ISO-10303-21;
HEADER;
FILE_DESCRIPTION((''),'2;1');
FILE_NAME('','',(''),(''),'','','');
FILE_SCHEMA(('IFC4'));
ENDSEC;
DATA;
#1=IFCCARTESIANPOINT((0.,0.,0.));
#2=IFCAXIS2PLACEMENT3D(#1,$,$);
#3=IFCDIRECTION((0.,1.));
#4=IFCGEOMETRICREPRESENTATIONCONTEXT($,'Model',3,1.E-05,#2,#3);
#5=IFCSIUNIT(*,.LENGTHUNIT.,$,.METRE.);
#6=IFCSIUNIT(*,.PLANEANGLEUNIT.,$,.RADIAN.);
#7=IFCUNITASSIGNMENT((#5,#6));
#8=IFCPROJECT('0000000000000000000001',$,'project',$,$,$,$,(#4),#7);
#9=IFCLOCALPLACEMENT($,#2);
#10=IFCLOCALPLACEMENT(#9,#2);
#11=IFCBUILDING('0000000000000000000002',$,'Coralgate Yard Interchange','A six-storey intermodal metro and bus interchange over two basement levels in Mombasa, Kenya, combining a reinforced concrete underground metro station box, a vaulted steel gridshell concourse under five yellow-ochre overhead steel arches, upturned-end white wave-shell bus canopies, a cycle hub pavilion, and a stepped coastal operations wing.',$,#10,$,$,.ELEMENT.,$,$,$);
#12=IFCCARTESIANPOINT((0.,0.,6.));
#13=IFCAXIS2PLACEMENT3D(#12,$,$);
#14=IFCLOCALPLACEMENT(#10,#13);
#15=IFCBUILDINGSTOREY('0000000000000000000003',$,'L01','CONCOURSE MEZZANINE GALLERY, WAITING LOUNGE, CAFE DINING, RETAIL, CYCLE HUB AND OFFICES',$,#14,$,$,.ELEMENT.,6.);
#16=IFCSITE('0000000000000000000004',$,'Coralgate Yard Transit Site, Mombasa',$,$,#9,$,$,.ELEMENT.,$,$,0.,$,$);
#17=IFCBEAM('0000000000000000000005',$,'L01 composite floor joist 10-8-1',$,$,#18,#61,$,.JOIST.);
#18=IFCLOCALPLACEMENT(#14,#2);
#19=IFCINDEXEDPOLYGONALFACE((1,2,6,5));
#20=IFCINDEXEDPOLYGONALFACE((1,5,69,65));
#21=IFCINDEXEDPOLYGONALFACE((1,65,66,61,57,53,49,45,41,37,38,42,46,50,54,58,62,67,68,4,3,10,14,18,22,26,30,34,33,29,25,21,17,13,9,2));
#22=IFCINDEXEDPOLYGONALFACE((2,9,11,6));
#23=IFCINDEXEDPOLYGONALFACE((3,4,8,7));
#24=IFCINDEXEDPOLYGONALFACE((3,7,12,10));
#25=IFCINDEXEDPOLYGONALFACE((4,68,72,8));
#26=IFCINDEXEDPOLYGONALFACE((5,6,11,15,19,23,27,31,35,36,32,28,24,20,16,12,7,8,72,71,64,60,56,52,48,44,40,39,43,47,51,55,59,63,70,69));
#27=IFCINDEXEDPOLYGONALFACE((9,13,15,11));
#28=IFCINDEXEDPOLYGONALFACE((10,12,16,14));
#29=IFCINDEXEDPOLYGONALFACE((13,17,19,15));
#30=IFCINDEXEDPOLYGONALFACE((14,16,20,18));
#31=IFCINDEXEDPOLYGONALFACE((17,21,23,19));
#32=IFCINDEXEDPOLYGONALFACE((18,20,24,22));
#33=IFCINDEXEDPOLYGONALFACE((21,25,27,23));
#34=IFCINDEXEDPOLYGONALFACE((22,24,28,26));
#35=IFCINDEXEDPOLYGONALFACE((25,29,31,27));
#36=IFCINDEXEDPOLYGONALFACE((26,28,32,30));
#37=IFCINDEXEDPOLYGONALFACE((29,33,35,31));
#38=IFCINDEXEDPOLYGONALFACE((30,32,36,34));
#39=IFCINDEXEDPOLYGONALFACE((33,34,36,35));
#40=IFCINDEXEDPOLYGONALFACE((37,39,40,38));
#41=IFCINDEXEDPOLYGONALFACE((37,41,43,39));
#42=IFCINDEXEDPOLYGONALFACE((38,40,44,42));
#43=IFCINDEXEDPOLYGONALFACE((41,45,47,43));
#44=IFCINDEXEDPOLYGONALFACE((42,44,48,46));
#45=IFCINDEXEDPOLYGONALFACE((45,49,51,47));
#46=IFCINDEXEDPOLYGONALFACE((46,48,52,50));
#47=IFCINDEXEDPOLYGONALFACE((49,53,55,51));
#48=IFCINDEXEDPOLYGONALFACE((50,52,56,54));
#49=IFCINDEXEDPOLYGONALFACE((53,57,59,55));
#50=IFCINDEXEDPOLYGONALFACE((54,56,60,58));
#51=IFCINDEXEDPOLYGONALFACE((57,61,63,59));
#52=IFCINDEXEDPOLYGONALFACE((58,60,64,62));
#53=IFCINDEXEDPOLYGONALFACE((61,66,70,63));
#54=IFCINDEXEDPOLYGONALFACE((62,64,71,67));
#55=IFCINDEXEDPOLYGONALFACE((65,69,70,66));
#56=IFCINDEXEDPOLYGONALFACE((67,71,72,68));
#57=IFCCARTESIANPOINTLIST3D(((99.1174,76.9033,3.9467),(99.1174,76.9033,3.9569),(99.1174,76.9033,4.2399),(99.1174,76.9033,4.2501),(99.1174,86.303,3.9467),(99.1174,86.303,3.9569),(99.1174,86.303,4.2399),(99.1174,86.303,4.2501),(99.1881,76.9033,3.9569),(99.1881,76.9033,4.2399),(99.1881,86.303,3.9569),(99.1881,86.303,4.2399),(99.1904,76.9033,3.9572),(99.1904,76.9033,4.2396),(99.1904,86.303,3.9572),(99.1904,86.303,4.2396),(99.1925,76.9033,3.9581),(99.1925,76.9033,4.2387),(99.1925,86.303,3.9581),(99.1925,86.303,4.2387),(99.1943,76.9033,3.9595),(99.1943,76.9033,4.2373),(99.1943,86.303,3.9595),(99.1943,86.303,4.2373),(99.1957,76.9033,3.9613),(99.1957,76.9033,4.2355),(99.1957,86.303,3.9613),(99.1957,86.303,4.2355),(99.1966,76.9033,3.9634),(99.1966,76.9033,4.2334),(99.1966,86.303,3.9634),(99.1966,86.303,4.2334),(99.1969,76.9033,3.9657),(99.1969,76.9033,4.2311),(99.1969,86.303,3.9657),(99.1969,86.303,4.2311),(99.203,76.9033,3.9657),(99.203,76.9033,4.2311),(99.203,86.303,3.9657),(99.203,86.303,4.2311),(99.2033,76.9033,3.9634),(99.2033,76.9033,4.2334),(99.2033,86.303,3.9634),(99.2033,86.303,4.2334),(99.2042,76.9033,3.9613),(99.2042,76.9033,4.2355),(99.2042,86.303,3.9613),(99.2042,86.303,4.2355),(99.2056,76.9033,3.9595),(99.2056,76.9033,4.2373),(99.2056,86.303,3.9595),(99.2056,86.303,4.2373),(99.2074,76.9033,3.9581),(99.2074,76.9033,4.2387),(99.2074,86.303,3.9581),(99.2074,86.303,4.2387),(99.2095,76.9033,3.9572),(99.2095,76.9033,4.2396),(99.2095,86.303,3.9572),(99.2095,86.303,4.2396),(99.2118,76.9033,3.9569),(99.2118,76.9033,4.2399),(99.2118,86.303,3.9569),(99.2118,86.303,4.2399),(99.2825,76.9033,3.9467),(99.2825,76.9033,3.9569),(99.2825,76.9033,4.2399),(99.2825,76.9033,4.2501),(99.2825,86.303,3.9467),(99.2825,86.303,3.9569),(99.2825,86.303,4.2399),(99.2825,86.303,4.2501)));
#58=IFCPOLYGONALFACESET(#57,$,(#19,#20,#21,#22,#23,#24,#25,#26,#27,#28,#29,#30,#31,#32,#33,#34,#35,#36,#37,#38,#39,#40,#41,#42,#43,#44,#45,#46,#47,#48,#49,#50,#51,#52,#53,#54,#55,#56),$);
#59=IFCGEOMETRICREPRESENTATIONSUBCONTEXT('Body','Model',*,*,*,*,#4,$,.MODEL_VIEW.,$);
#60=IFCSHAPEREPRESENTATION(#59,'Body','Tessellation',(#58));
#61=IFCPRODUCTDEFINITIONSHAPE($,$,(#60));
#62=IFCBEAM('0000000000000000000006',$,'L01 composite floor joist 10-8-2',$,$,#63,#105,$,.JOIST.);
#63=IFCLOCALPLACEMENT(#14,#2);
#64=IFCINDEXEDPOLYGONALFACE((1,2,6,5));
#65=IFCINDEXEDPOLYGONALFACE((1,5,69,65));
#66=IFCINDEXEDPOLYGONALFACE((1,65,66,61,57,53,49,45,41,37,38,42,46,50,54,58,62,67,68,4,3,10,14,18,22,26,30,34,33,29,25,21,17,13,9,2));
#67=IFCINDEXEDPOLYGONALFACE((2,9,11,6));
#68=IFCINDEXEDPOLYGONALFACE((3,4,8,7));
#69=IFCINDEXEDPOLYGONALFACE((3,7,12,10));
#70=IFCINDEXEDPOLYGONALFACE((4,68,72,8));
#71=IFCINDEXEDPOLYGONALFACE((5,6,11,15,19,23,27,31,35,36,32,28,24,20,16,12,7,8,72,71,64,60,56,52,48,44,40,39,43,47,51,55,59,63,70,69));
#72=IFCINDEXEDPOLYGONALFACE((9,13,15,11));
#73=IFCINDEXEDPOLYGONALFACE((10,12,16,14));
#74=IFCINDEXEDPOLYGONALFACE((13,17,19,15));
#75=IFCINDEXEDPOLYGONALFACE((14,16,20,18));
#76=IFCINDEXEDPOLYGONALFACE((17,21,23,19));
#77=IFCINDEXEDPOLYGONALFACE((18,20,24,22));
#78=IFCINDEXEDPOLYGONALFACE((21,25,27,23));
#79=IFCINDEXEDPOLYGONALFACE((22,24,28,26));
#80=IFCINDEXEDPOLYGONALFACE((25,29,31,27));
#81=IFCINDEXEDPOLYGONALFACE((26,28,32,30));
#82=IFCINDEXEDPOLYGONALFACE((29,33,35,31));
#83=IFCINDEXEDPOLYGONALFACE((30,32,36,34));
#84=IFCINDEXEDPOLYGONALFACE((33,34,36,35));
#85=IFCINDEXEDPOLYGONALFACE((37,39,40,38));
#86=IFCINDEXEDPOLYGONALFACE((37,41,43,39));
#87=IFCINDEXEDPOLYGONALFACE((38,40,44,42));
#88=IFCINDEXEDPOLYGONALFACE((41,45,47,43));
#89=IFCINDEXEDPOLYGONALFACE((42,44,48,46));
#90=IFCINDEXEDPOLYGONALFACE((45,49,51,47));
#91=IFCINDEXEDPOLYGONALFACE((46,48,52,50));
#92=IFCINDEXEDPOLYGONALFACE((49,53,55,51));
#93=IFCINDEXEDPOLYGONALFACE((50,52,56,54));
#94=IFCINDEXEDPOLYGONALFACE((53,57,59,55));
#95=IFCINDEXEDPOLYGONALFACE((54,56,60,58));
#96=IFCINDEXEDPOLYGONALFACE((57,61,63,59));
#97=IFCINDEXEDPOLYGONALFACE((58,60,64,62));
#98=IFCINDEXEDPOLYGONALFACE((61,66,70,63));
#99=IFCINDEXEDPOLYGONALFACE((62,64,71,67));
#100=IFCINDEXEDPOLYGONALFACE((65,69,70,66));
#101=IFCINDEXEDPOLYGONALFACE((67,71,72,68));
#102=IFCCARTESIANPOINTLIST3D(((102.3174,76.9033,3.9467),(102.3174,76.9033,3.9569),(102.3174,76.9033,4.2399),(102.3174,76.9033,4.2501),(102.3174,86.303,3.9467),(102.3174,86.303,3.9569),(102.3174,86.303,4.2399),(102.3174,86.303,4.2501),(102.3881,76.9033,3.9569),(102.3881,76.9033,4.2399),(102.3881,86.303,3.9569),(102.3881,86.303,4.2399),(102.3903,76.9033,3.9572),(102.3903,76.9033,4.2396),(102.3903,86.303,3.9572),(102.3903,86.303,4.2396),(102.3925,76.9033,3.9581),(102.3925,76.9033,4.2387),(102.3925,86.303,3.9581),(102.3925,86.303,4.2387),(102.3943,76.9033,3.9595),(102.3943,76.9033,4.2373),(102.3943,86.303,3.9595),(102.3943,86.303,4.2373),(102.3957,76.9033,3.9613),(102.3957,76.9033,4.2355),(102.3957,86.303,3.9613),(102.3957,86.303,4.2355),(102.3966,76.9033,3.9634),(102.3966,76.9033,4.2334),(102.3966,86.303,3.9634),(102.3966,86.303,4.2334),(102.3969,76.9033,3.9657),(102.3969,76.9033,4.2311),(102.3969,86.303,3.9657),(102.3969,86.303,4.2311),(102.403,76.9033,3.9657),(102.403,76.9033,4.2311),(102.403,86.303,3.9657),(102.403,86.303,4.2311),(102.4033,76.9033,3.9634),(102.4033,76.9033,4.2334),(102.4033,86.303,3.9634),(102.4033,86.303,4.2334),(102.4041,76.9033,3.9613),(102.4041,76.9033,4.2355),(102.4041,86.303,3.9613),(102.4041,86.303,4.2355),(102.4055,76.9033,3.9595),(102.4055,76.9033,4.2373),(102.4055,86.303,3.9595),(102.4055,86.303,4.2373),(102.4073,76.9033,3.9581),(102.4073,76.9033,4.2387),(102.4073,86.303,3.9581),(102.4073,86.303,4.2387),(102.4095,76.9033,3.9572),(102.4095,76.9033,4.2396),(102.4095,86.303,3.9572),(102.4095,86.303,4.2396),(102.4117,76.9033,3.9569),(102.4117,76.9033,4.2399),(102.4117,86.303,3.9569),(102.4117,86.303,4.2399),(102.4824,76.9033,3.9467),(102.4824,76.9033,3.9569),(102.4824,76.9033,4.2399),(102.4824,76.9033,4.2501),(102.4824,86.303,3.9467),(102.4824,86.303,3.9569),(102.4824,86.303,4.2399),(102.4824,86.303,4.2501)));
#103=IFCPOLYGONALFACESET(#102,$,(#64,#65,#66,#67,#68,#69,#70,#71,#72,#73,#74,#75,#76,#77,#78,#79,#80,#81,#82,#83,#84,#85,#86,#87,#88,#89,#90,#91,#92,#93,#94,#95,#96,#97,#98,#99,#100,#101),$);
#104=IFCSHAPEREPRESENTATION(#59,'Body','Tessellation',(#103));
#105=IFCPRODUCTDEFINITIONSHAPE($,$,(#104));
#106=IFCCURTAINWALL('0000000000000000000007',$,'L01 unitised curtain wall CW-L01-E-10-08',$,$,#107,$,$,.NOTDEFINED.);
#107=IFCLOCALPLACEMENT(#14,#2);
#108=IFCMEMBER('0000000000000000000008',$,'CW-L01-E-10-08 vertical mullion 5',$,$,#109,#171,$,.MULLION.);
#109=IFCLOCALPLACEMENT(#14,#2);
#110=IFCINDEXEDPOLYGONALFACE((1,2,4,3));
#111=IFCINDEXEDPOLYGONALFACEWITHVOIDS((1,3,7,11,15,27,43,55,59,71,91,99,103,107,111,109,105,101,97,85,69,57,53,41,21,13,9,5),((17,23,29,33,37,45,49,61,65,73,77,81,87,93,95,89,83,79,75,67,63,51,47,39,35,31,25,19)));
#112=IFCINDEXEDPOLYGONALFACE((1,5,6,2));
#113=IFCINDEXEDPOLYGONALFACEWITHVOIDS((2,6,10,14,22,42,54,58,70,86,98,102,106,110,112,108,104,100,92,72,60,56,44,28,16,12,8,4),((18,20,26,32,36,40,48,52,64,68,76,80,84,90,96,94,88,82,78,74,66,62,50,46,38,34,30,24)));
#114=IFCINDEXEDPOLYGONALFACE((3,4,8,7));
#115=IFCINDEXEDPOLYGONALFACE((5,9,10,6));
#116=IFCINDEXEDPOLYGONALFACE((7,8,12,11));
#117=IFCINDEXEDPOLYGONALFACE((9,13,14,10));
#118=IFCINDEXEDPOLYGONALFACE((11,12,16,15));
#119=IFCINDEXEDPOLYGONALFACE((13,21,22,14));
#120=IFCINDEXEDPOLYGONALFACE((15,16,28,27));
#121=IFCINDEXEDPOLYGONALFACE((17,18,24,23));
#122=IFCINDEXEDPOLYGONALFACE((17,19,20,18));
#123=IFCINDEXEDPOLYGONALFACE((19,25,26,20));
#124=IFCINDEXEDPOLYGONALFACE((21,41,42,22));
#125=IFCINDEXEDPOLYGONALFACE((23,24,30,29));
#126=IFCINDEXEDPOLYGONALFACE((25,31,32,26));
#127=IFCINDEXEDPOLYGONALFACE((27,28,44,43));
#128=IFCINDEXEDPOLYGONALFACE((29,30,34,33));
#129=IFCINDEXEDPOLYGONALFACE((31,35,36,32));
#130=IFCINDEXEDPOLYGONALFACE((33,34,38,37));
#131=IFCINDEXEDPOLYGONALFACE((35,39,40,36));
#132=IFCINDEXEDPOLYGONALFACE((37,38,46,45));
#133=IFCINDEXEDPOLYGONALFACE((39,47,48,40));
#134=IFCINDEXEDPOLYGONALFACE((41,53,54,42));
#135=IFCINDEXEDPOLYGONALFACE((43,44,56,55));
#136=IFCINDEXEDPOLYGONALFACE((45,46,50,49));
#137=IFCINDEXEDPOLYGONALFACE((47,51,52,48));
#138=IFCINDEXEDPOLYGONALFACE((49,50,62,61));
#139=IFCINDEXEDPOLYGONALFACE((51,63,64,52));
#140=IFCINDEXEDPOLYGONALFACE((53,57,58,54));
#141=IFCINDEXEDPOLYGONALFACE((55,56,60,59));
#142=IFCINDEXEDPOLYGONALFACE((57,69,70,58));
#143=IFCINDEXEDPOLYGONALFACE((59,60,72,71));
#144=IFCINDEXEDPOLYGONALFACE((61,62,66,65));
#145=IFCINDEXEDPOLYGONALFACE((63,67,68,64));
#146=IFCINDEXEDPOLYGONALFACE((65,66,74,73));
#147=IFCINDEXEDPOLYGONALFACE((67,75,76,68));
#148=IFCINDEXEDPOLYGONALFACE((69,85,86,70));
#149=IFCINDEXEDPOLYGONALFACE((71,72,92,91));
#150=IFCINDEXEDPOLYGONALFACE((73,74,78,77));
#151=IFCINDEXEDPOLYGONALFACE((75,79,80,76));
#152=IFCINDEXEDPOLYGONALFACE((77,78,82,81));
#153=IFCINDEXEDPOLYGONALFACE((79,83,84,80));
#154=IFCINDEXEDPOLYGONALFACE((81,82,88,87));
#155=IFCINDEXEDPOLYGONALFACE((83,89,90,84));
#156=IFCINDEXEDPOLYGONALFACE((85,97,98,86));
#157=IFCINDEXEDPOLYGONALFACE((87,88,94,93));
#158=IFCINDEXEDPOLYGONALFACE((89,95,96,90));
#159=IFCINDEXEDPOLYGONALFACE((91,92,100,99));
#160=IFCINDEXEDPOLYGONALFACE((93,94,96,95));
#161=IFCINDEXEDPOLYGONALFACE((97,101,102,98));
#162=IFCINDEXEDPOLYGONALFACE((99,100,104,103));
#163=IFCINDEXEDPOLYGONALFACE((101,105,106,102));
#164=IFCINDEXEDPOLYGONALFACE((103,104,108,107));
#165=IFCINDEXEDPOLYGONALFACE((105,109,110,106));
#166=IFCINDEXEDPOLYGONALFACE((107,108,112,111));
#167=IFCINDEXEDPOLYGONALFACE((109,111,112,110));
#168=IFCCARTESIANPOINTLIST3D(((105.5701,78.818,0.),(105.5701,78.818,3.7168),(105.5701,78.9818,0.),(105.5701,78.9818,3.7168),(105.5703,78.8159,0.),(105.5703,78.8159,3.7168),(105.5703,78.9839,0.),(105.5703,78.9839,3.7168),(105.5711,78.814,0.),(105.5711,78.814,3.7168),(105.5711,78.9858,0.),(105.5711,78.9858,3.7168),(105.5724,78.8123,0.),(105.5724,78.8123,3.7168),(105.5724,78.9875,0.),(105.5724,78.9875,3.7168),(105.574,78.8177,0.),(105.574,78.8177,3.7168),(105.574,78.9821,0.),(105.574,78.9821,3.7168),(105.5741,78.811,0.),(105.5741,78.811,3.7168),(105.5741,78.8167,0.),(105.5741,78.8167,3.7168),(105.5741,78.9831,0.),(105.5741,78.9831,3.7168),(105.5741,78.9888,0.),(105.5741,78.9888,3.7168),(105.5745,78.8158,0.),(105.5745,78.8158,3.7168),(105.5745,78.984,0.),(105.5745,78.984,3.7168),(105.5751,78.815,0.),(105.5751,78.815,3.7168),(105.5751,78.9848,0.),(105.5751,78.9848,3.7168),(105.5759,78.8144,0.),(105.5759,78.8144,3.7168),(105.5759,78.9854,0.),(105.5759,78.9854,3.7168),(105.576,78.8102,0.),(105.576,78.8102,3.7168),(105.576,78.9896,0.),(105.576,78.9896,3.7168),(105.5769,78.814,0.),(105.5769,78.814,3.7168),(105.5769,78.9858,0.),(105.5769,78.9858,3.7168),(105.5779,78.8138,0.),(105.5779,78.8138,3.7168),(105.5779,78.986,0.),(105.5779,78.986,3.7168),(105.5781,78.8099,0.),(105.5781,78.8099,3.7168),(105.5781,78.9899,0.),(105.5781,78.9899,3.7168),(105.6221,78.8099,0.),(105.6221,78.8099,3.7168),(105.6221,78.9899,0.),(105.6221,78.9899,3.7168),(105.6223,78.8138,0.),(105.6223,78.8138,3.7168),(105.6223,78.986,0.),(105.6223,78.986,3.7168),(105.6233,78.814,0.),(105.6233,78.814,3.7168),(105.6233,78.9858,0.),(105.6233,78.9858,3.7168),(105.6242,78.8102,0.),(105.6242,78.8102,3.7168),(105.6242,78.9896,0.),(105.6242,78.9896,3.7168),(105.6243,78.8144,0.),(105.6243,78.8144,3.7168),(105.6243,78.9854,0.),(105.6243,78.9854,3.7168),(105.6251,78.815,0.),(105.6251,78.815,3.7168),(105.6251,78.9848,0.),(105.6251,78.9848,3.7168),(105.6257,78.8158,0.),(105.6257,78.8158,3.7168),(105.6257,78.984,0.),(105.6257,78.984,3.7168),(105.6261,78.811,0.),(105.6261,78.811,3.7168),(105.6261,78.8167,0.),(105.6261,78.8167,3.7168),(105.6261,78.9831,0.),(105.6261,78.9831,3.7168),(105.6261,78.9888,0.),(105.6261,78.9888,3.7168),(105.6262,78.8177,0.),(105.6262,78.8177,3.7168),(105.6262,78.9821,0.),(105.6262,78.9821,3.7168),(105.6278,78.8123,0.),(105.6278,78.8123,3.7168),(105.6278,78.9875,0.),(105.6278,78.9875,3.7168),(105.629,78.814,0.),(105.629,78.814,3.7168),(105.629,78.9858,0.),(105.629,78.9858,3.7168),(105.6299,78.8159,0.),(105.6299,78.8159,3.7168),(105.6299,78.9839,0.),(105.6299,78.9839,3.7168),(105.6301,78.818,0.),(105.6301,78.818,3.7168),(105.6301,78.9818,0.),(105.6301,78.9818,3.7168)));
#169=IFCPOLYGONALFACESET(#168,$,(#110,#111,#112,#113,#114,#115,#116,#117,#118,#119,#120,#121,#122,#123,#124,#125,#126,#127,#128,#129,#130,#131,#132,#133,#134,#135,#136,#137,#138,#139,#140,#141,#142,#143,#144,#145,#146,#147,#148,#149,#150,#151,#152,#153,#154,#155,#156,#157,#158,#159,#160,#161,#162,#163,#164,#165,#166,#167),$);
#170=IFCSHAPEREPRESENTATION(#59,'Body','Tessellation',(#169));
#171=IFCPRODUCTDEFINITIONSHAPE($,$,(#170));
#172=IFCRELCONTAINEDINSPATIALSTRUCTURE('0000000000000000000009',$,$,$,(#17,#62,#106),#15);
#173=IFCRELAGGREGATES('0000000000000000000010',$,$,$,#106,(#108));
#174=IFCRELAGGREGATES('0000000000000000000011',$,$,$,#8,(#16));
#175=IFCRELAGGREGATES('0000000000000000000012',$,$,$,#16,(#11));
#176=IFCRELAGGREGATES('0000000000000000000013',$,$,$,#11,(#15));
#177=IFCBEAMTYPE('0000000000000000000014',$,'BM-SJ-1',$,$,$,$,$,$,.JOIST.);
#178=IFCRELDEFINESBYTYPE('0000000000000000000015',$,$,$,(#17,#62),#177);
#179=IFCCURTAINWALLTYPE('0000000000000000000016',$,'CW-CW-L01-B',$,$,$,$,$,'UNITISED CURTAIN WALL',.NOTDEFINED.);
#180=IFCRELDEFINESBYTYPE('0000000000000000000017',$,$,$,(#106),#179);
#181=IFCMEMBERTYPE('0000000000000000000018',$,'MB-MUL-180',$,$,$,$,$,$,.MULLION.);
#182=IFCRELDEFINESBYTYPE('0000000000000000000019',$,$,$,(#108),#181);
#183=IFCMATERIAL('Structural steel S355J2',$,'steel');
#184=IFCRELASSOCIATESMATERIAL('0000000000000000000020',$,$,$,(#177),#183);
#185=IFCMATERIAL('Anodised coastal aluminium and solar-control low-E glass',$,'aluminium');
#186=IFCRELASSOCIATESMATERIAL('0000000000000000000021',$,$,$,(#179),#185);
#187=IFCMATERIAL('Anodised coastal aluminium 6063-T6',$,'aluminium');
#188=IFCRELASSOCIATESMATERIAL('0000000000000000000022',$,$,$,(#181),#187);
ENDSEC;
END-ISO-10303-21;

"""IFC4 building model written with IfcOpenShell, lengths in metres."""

from ifc_helpers import new_model, si_unit, direction, frame, origin, origin_2d, place, context, subcontext, project, spatial, hollow_rectangle, i_section, extrude, material, material_profile, profile_set, type_object, element, aggregate, save


model = new_model("IFC4")

# Units and contexts
model_context = context("Model", 3, precision=1e-05, world=origin(), true_north=direction((0.0, 1.0)))
body_context = subcontext(model_context, "Body", "Model", "MODEL_VIEW")
ifc_project = project(units=[si_unit("LENGTHUNIT", "METRE"), si_unit("PLANEANGLEUNIT", "RADIAN")], contexts=[model_context])

# Site, building, storey
site_placement = place(None, origin())
site = spatial("IfcSite", under=ifc_project, at=site_placement, Name="Coralgate Yard Transit Site, Mombasa", CompositionType="ELEMENT", RefElevation=0.0)
building_placement = place(site_placement, origin())
building = spatial("IfcBuilding", under=site, at=building_placement, Name="Coralgate Yard Interchange", Description="A six-storey intermodal metro and bus interchange over two basement levels in Mombasa, Kenya, combining a reinforced concrete underground metro station box, a vaulted steel gridshell concourse under five yellow-ochre overhead steel arches, upturned-end white wave-shell bus canopies, a cycle hub pavilion, and a stepped coastal operations wing.", CompositionType="ELEMENT")
storey_placement = place(building_placement, frame((0.0, 0.0, 6.0)))
storey = spatial("IfcBuildingStorey", under=building, at=storey_placement, Name="L01", Description="CONCOURSE MEZZANINE GALLERY, WAITING LOUNGE, CAFE DINING, RETAIL, CYCLE HUB AND OFFICES", CompositionType="ELEMENT", Elevation=6.0)

# Shared definitions
ifc_material_1 = material(Name="Structural steel S355J2", Category="steel")

# Beams
ifc_material_profile_1 = material_profile(ifc_material_1, i_section(OverallWidth=0.165, OverallDepth=0.3035, WebThickness=0.0061, FlangeThickness=0.0103, FilletRadius=0.0088, at=origin_2d()), Name="UB 305x165x40")
ifc_profile_set_1 = profile_set([ifc_material_profile_1], Name="Structural steel S355J2")
beam_type_1 = type_object("IfcBeamType", Name="BM-SJ-1", PredefinedType="JOIST", material=ifc_profile_set_1)
for number, where, z_axis, x_axis, name in (
    (1, (99.2, 76.9033, 4.0984), (0.0, 1.0, 0.0), (-1.0, 0.0, 0.0), "L01 composite floor joist 10-8-1"),
    (2, (102.3999, 76.9033, 4.0984), (0.0, 1.0, 0.0), (-1.0, 0.0, 0.0), "L01 composite floor joist 10-8-2"),
):
    element("IfcBeam", number, at=place(storey_placement, frame(where, z_axis=z_axis, x_axis=x_axis)), inside=storey, type_object=beam_type_1, Name=name, PredefinedType="JOIST", context=body_context, shape_type="SweptSolid", body=[
        extrude(i_section(OverallWidth=0.165, OverallDepth=0.3035, WebThickness=0.0061, FlangeThickness=0.0103, FilletRadius=0.0088, at=origin_2d()), origin(), (0.0, 0.0, 1.0), 9.3997),
    ])

# Curtain wall, member
ifc_material_2 = material(Name="Anodised coastal aluminium and solar-control low-E glass", Category="aluminium")
curtain_wall_type = type_object("IfcCurtainWallType", Name="CW-CW-L01-B", ElementType="UNITISED CURTAIN WALL", PredefinedType="NOTDEFINED", material=ifc_material_2)
curtain_wall_1_placement = place(storey_placement, origin())
curtain_wall_1 = element("IfcCurtainWall", 3, at=curtain_wall_1_placement, inside=storey, type_object=curtain_wall_type, Name="L01 unitised curtain wall CW-L01-E-10-08", PredefinedType="NOTDEFINED")
ifc_material_3 = material(Name="Anodised coastal aluminium 6063-T6", Category="aluminium")
ifc_material_profile_2 = material_profile(ifc_material_3, hollow_rectangle(XDim=0.0601, YDim=0.1799, WallThickness=0.0039, InnerFilletRadius=0.0039, OuterFilletRadius=0.0081, at=origin_2d()), Name="ALU 60x180x4")
ifc_profile_set_2 = profile_set([ifc_material_profile_2], Name="Anodised coastal aluminium 6063-T6")
member_type_1 = type_object("IfcMemberType", Name="MB-MUL-180", PredefinedType="MULLION", material=ifc_profile_set_2)
member_1_placement = place(storey_placement, frame((105.6001, 78.8999, 0.0), z_axis=(0.0, 0.0, 1.0), x_axis=(1.0, 0.0, 0.0)))
member_1 = element("IfcMember", 4, at=member_1_placement, type_object=member_type_1, Name="CW-L01-E-10-08 vertical mullion 5", PredefinedType="MULLION", context=body_context, shape_type="SweptSolid", body=[
    extrude(hollow_rectangle(XDim=0.0601, YDim=0.1799, WallThickness=0.0039, InnerFilletRadius=0.0039, OuterFilletRadius=0.0081, at=origin_2d()), origin(), (0.0, 0.0, 1.0), 3.7168),
])

aggregate(curtain_wall_1, [member_1])

save(model, "model.ifc")
